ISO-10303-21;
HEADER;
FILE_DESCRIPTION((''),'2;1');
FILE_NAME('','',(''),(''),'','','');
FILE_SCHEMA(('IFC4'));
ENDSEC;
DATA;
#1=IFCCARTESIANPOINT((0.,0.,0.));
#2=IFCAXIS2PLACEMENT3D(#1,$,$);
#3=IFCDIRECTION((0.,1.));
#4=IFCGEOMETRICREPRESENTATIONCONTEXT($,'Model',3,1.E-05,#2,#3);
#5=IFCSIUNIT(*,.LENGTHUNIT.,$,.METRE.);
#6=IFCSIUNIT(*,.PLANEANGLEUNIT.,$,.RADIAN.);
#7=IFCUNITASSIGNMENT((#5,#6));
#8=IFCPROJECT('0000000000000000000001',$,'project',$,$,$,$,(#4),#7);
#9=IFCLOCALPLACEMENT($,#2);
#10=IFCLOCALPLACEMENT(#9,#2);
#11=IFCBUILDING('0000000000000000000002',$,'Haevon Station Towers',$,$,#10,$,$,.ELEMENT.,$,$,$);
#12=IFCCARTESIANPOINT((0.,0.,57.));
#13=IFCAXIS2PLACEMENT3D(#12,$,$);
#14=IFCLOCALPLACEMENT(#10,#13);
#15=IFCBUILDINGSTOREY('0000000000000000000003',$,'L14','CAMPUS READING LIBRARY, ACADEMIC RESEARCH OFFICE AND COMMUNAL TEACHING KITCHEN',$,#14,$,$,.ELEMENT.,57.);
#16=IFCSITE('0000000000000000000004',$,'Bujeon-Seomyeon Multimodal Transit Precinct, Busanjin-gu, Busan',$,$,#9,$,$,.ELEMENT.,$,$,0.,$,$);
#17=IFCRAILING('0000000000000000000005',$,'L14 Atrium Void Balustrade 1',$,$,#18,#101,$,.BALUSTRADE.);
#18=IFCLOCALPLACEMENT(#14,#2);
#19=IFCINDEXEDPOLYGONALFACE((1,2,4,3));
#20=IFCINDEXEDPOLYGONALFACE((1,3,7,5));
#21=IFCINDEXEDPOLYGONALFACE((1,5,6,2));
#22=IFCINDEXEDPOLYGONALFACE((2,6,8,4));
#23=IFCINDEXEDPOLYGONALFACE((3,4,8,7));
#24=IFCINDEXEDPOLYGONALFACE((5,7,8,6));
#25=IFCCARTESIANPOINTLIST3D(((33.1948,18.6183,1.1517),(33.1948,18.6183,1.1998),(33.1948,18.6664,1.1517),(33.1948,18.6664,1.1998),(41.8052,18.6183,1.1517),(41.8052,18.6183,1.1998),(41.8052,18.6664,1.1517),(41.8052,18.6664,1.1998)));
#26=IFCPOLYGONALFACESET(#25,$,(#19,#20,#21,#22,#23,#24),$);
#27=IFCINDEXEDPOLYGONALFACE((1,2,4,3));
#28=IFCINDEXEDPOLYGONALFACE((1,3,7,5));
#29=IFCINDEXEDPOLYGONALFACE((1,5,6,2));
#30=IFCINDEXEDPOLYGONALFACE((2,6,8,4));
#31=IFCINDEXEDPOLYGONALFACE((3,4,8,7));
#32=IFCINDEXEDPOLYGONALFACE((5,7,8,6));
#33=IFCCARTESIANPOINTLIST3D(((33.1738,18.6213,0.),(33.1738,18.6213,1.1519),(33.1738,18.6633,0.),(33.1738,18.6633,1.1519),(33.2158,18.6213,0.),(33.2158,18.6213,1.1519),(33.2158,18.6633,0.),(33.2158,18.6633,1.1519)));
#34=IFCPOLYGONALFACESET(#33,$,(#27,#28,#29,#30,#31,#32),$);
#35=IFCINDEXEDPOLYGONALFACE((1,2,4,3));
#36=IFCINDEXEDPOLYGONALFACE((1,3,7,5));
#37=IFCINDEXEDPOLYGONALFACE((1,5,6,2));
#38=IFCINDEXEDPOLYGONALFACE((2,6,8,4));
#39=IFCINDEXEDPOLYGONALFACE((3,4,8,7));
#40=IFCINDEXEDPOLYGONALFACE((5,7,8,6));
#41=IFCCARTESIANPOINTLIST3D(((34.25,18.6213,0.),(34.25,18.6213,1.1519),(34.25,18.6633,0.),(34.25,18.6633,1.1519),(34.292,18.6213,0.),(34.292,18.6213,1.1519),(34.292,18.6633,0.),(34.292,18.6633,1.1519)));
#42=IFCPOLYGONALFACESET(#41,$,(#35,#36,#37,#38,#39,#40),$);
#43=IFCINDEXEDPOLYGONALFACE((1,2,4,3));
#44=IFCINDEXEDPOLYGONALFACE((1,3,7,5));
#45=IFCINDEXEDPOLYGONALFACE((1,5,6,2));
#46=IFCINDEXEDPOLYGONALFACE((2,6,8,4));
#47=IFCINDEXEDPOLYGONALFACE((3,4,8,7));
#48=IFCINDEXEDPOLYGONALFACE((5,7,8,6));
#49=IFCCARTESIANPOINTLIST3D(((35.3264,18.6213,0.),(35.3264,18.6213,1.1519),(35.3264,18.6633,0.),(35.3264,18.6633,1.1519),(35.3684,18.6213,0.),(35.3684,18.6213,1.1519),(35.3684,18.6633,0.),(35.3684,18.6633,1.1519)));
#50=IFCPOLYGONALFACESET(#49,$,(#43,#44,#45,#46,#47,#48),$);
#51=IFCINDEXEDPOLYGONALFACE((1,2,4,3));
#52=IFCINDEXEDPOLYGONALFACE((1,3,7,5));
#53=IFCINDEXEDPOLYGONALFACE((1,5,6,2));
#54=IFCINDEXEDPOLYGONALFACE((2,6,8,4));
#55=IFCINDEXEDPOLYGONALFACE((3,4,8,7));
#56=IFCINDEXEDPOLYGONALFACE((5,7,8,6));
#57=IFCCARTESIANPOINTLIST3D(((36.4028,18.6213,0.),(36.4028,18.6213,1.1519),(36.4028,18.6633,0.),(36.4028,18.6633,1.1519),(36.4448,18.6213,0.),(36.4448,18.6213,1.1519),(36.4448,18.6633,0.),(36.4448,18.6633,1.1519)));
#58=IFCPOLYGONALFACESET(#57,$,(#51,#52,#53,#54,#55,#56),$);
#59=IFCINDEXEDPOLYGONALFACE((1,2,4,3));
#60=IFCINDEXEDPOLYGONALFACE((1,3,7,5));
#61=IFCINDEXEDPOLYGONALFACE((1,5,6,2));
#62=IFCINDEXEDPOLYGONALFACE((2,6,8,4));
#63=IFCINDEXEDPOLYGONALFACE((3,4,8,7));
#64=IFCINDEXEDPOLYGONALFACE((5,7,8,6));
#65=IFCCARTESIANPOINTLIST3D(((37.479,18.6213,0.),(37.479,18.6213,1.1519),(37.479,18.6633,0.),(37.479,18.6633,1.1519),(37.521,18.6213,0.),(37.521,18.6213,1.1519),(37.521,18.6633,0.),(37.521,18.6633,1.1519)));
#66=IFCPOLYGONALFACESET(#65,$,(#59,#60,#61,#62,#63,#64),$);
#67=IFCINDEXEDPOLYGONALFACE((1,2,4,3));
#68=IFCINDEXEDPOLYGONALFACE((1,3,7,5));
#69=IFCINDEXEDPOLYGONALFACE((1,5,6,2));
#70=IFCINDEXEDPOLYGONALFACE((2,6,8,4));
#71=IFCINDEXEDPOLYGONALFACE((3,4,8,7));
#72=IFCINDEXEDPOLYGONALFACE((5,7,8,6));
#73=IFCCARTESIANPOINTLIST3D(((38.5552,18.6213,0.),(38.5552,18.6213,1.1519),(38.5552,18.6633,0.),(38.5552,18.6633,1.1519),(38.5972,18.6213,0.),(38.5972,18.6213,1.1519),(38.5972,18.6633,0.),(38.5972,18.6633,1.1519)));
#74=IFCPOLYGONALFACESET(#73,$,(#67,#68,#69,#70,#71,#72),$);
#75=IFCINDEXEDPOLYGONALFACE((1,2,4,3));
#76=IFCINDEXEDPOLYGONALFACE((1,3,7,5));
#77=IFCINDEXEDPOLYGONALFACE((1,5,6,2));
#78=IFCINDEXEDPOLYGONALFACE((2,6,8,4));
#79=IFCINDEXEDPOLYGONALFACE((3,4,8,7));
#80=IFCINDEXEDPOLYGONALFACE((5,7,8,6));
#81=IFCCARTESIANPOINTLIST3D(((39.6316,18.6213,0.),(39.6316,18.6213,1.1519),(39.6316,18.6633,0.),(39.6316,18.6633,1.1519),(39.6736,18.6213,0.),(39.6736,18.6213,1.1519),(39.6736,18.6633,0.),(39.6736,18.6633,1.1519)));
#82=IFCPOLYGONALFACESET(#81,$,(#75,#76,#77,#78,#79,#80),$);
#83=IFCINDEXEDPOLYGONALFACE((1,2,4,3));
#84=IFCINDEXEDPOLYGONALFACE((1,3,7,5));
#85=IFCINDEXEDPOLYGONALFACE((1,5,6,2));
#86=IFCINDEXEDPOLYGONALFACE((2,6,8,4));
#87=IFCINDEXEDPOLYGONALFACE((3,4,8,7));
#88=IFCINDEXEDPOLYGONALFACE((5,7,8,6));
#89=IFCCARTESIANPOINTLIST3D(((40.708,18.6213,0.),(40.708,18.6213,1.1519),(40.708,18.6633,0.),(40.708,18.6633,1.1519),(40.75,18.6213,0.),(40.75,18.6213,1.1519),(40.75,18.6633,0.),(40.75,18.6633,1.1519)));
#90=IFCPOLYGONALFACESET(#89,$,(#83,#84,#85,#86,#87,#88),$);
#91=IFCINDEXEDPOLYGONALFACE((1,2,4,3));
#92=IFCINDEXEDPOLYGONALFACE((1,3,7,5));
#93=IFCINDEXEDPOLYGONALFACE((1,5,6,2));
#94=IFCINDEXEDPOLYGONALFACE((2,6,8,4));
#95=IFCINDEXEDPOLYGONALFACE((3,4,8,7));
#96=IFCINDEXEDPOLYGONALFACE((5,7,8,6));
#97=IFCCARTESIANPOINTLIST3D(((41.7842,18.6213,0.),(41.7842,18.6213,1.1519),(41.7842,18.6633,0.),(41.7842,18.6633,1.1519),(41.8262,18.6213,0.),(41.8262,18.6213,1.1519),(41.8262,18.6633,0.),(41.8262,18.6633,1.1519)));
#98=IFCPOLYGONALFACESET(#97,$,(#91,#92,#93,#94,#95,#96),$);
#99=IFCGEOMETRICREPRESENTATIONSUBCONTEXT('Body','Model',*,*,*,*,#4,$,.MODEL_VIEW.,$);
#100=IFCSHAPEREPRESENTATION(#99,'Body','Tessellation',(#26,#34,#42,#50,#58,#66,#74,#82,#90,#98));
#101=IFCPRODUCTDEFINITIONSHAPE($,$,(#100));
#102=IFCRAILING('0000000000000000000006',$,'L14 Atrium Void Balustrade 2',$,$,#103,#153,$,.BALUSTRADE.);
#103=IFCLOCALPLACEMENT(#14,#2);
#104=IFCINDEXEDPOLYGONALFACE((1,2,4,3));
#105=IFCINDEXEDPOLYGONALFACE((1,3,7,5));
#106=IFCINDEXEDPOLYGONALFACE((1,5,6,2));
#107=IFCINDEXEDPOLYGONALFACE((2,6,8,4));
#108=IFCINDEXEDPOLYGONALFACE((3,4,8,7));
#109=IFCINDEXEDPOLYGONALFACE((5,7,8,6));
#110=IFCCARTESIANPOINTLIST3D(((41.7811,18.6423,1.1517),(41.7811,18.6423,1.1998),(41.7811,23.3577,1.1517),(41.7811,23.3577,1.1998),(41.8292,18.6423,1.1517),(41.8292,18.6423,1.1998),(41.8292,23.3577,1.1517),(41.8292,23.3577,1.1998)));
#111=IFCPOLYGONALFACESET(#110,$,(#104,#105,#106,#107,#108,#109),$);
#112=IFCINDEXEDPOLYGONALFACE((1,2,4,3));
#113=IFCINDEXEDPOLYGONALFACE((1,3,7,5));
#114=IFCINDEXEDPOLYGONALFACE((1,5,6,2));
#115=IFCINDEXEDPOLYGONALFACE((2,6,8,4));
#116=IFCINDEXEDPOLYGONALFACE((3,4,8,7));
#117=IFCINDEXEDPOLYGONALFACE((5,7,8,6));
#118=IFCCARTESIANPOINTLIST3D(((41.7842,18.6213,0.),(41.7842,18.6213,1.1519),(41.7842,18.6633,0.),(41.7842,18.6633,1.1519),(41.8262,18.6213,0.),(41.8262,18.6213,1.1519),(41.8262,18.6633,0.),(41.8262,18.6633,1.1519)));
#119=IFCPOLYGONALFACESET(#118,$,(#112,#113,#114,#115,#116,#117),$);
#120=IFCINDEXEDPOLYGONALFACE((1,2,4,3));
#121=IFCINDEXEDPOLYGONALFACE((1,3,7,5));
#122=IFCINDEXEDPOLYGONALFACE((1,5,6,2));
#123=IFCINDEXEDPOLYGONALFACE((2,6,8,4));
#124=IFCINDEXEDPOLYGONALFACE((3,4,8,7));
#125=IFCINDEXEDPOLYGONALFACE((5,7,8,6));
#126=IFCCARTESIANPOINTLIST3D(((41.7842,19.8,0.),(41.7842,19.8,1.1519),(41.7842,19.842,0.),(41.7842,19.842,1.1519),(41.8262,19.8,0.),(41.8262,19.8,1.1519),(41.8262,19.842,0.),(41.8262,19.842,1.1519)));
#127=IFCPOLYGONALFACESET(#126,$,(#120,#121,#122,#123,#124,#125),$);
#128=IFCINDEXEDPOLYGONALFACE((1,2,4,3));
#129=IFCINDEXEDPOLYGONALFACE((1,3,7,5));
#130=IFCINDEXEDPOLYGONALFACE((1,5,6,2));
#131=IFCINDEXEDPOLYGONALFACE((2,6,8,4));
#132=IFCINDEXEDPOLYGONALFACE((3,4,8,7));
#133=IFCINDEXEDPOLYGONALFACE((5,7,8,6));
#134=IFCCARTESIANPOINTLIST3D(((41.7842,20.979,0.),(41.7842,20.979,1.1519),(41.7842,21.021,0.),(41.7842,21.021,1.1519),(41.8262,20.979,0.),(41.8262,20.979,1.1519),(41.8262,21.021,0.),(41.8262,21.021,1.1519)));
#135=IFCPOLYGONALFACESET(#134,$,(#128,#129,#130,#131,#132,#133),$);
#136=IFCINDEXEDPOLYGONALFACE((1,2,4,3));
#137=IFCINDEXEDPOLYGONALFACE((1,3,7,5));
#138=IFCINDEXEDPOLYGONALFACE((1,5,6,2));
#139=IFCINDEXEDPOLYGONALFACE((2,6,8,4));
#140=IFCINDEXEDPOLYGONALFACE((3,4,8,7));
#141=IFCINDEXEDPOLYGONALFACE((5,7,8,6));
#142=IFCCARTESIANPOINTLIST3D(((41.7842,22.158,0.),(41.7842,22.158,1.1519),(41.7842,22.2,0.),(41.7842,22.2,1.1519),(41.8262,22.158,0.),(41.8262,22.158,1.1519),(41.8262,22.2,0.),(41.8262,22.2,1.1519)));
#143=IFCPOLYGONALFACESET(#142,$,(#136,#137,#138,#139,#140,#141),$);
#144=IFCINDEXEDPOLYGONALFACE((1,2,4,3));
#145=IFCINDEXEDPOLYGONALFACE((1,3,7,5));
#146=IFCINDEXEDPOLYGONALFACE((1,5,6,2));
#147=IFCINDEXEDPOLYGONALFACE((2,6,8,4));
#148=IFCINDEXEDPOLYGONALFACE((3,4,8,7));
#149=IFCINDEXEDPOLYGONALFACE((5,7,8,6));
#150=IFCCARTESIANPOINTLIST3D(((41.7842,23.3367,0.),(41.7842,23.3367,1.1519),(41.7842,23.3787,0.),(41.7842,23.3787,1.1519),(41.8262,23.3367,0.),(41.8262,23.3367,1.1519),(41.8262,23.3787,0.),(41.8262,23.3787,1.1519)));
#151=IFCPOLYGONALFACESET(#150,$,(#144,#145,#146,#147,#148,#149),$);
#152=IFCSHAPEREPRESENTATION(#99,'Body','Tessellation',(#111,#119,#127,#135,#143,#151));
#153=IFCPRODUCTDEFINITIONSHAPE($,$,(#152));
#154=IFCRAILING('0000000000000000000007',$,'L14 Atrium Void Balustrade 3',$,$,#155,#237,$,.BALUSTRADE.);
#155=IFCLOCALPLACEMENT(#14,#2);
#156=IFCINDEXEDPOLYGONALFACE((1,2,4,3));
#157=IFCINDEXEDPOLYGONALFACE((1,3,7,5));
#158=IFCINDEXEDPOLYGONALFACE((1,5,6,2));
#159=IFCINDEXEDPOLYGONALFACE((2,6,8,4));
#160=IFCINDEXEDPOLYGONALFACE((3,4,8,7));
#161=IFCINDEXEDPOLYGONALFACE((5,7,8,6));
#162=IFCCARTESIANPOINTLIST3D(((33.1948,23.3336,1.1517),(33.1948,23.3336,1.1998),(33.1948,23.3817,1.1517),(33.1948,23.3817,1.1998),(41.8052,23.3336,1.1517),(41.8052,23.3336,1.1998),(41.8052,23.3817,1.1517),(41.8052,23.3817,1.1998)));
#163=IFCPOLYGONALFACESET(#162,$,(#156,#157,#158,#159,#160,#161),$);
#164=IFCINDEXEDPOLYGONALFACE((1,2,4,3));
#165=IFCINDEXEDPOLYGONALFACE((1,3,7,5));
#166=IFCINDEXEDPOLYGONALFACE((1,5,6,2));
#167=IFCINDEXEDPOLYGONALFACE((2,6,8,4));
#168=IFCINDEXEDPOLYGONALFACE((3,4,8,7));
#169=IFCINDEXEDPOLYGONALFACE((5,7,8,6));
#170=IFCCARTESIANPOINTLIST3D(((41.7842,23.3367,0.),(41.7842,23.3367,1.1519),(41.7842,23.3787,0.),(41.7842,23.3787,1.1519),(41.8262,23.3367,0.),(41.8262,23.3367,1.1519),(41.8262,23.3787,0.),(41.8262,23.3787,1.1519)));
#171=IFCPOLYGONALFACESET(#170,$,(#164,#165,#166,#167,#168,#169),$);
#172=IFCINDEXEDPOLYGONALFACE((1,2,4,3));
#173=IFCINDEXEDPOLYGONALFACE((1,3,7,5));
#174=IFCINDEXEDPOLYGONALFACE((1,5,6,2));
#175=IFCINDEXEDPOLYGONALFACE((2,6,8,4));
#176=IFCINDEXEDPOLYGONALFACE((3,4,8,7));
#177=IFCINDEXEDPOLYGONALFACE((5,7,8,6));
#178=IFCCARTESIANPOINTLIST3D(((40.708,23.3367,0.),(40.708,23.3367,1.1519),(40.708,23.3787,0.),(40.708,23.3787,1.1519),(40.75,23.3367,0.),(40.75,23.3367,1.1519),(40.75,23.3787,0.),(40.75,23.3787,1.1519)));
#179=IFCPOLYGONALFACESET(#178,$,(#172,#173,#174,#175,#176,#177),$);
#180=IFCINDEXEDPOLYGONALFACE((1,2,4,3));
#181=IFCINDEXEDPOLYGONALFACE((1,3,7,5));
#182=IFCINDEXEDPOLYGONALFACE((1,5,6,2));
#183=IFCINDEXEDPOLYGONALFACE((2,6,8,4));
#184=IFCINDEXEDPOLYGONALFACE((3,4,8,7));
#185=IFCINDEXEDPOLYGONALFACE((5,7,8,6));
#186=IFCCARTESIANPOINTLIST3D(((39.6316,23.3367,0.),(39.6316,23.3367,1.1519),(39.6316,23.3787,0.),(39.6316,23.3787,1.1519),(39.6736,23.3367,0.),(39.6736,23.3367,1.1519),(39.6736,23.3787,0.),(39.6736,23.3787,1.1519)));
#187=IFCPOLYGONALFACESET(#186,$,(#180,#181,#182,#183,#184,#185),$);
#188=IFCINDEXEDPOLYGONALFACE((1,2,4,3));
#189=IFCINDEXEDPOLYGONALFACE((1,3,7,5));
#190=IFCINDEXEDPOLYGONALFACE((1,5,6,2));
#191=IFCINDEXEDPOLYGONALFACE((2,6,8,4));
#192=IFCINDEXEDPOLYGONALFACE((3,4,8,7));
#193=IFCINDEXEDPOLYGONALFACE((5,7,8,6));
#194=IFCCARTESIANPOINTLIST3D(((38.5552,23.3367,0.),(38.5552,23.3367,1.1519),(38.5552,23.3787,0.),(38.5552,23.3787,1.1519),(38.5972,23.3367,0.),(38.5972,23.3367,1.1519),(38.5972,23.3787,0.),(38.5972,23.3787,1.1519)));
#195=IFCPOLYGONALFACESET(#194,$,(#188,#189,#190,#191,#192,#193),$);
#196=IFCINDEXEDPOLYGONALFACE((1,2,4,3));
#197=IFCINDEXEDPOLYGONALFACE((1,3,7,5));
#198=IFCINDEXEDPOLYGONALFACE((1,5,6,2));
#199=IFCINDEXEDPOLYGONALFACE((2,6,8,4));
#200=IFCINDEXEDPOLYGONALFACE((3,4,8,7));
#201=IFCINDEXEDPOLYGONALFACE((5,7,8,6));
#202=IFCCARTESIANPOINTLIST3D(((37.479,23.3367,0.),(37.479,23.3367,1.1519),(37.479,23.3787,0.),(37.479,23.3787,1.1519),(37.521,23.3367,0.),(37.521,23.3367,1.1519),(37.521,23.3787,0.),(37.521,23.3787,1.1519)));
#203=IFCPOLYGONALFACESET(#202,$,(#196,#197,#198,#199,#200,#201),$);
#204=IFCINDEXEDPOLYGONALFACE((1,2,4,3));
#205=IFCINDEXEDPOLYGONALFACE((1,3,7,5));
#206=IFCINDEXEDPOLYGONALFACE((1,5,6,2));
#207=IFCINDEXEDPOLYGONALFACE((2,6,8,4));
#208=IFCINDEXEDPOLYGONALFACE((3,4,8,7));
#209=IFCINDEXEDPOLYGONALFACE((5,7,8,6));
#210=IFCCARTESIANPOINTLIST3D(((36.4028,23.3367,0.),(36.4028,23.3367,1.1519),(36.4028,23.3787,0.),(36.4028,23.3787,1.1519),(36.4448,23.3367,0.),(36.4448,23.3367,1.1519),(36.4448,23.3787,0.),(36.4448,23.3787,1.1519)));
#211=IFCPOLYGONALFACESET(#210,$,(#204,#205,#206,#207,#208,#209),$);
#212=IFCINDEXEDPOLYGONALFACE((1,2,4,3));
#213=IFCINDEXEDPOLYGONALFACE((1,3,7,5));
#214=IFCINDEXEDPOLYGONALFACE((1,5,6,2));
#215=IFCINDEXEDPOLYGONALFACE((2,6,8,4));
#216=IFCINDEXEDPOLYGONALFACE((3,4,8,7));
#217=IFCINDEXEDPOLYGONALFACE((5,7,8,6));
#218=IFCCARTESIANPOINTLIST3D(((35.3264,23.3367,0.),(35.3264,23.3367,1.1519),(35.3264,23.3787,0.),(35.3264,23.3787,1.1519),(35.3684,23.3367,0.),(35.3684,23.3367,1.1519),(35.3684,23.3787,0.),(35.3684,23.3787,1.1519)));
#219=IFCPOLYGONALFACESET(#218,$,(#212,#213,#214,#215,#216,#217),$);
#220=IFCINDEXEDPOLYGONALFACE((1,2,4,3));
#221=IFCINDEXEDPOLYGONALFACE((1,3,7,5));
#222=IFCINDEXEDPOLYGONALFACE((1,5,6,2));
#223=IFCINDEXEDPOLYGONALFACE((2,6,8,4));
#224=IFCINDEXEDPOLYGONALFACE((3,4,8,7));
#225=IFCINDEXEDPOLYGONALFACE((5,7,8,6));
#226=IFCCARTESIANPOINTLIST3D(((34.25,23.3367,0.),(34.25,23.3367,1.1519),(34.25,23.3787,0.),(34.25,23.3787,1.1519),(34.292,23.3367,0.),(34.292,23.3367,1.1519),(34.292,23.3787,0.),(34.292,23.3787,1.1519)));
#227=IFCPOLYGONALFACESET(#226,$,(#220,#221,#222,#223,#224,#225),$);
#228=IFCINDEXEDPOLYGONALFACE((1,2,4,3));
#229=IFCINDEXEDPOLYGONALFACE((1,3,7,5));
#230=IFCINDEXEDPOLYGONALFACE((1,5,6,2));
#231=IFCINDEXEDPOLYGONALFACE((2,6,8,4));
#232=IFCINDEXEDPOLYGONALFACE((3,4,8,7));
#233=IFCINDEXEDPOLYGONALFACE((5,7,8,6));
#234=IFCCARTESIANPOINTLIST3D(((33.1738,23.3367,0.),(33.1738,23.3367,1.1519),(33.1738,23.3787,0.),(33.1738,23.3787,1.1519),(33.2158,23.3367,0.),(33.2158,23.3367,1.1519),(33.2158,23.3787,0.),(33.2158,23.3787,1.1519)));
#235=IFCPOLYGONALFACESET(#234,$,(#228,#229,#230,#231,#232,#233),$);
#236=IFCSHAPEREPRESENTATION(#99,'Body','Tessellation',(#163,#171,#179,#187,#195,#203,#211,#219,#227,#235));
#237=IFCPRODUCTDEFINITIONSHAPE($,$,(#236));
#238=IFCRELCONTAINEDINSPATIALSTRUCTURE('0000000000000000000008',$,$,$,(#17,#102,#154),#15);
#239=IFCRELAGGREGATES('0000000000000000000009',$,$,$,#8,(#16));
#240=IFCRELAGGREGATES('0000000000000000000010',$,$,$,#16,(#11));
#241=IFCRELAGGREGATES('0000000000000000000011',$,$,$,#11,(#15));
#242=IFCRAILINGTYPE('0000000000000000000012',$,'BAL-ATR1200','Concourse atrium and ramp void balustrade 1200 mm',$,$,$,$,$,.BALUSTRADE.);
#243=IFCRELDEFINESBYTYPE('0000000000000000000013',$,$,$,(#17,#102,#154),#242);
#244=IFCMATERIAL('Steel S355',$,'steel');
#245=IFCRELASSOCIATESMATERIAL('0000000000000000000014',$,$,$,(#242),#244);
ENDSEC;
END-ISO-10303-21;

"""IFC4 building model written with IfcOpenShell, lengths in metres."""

from ifc_helpers import new_model, si_unit, direction, frame, origin, origin_2d, place, context, subcontext, project, spatial, rectangle, extrude, material, type_object, element, save


model = new_model("IFC4")

# Units and contexts
model_context = context("Model", 3, precision=1e-05, world=origin(), true_north=direction((0.0, 1.0)))
body_context = subcontext(model_context, "Body", "Model", "MODEL_VIEW")
ifc_project = project(units=[si_unit("LENGTHUNIT", "METRE"), si_unit("PLANEANGLEUNIT", "RADIAN")], contexts=[model_context])

# Site, building, storey
site_placement = place(None, origin())
site = spatial("IfcSite", under=ifc_project, at=site_placement, Name="Bujeon-Seomyeon Multimodal Transit Precinct, Busanjin-gu, Busan", CompositionType="ELEMENT", RefElevation=0.0)
building_placement = place(site_placement, origin())
building = spatial("IfcBuilding", under=site, at=building_placement, Name="Haevon Station Towers", CompositionType="ELEMENT")
storey_placement = place(building_placement, frame((0.0, 0.0, 57.0)))
storey = spatial("IfcBuildingStorey", under=building, at=storey_placement, Name="L14", Description="CAMPUS READING LIBRARY, ACADEMIC RESEARCH OFFICE AND COMMUNAL TEACHING KITCHEN", CompositionType="ELEMENT", Elevation=57.0)

# Shared definitions
ifc_material_1 = material(Name="Steel S355", Category="steel")

# Railings
railing_type = type_object("IfcRailingType", Name="BAL-ATR1200", Description="Concourse atrium and ramp void balustrade 1200 mm", PredefinedType="BALUSTRADE", material=ifc_material_1)
railing_1_placement = place(storey_placement, frame((33.1948, 18.6423, 0.0)))
element("IfcRailing", 1, at=railing_1_placement, inside=storey, type_object=railing_type, Name="L14 Atrium Void Balustrade 1", PredefinedType="BALUSTRADE", context=body_context, shape_type="SweptSolid", body=[
    extrude(rectangle(XDim=0.0481, YDim=0.0481, at=origin_2d()), frame((0.0, 0.0, 1.1758), z_axis=(1.0, 0.0, 0.0), x_axis=(0.0, 1.0, 0.0)), (0.0, 0.0, 1.0), 8.6104),
    extrude(rectangle(XDim=0.042, YDim=0.042, at=origin_2d()), origin(), (0.0, 0.0, 1.0), 1.1519),
    extrude(rectangle(XDim=0.042, YDim=0.042, at=origin_2d()), frame((1.0762, 0.0, 0.0)), (0.0, 0.0, 1.0), 1.1519),
    extrude(rectangle(XDim=0.042, YDim=0.042, at=origin_2d()), frame((2.1526, 0.0, 0.0)), (0.0, 0.0, 1.0), 1.1519),
    extrude(rectangle(XDim=0.042, YDim=0.042, at=origin_2d()), frame((3.229, 0.0, 0.0)), (0.0, 0.0, 1.0), 1.1519),
    extrude(rectangle(XDim=0.042, YDim=0.042, at=origin_2d()), frame((4.3052, 0.0, 0.0)), (0.0, 0.0, 1.0), 1.1519),
    extrude(rectangle(XDim=0.042, YDim=0.042, at=origin_2d()), frame((5.3813, 0.0, 0.0)), (0.0, 0.0, 1.0), 1.1519),
    extrude(rectangle(XDim=0.042, YDim=0.042, at=origin_2d()), frame((6.4578, 0.0, 0.0)), (0.0, 0.0, 1.0), 1.1519),
    extrude(rectangle(XDim=0.042, YDim=0.042, at=origin_2d()), frame((7.5342, 0.0, 0.0)), (0.0, 0.0, 1.0), 1.1519),
    extrude(rectangle(XDim=0.042, YDim=0.042, at=origin_2d()), frame((8.6104, 0.0, 0.0)), (0.0, 0.0, 1.0), 1.1519),
])
railing_2_placement = place(storey_placement, frame((41.8052, 18.6423, 0.0)))
element("IfcRailing", 2, at=railing_2_placement, inside=storey, type_object=railing_type, Name="L14 Atrium Void Balustrade 2", PredefinedType="BALUSTRADE", context=body_context, shape_type="SweptSolid", body=[
    extrude(rectangle(XDim=0.0481, YDim=0.0481, at=origin_2d()), frame((0.0, 0.0, 1.1758), z_axis=(0.0, 1.0, 0.0), x_axis=(-1.0, 0.0, 0.0)), (0.0, 0.0, 1.0), 4.7153),
    extrude(rectangle(XDim=0.042, YDim=0.042, at=origin_2d()), origin(), (0.0, 0.0, 1.0), 1.1519),
    extrude(rectangle(XDim=0.042, YDim=0.042, at=origin_2d()), frame((0.0, 1.1787, 0.0)), (0.0, 0.0, 1.0), 1.1519),
    extrude(rectangle(XDim=0.042, YDim=0.042, at=origin_2d()), frame((0.0, 2.3577, 0.0)), (0.0, 0.0, 1.0), 1.1519),
    extrude(rectangle(XDim=0.042, YDim=0.042, at=origin_2d()), frame((0.0, 3.5366, 0.0)), (0.0, 0.0, 1.0), 1.1519),
    extrude(rectangle(XDim=0.042, YDim=0.042, at=origin_2d()), frame((0.0, 4.7153, 0.0)), (0.0, 0.0, 1.0), 1.1519),
])
railing_3_placement = place(storey_placement, frame((41.8052, 23.3577, 0.0)))
element("IfcRailing", 3, at=railing_3_placement, inside=storey, type_object=railing_type, Name="L14 Atrium Void Balustrade 3", PredefinedType="BALUSTRADE", context=body_context, shape_type="SweptSolid", body=[
    extrude(rectangle(XDim=0.0481, YDim=0.0481, at=origin_2d()), frame((0.0, 0.0, 1.1758), z_axis=(-1.0, 0.0, 0.0), x_axis=(0.0, -1.0, 0.0)), (0.0, 0.0, 1.0), 8.6104),
    extrude(rectangle(XDim=0.042, YDim=0.042, at=origin_2d()), origin(), (0.0, 0.0, 1.0), 1.1519),
    extrude(rectangle(XDim=0.042, YDim=0.042, at=origin_2d()), frame((-1.0762, 0.0, 0.0)), (0.0, 0.0, 1.0), 1.1519),
    extrude(rectangle(XDim=0.042, YDim=0.042, at=origin_2d()), frame((-2.1526, 0.0, 0.0)), (0.0, 0.0, 1.0), 1.1519),
    extrude(rectangle(XDim=0.042, YDim=0.042, at=origin_2d()), frame((-3.229, 0.0, 0.0)), (0.0, 0.0, 1.0), 1.1519),
    extrude(rectangle(XDim=0.042, YDim=0.042, at=origin_2d()), frame((-4.3052, 0.0, 0.0)), (0.0, 0.0, 1.0), 1.1519),
    extrude(rectangle(XDim=0.042, YDim=0.042, at=origin_2d()), frame((-5.3813, 0.0, 0.0)), (0.0, 0.0, 1.0), 1.1519),
    extrude(rectangle(XDim=0.042, YDim=0.042, at=origin_2d()), frame((-6.4578, 0.0, 0.0)), (0.0, 0.0, 1.0), 1.1519),
    extrude(rectangle(XDim=0.042, YDim=0.042, at=origin_2d()), frame((-7.5342, 0.0, 0.0)), (0.0, 0.0, 1.0), 1.1519),
    extrude(rectangle(XDim=0.042, YDim=0.042, at=origin_2d()), frame((-8.6104, 0.0, 0.0)), (0.0, 0.0, 1.0), 1.1519),
])

save(model, "model.ifc")
